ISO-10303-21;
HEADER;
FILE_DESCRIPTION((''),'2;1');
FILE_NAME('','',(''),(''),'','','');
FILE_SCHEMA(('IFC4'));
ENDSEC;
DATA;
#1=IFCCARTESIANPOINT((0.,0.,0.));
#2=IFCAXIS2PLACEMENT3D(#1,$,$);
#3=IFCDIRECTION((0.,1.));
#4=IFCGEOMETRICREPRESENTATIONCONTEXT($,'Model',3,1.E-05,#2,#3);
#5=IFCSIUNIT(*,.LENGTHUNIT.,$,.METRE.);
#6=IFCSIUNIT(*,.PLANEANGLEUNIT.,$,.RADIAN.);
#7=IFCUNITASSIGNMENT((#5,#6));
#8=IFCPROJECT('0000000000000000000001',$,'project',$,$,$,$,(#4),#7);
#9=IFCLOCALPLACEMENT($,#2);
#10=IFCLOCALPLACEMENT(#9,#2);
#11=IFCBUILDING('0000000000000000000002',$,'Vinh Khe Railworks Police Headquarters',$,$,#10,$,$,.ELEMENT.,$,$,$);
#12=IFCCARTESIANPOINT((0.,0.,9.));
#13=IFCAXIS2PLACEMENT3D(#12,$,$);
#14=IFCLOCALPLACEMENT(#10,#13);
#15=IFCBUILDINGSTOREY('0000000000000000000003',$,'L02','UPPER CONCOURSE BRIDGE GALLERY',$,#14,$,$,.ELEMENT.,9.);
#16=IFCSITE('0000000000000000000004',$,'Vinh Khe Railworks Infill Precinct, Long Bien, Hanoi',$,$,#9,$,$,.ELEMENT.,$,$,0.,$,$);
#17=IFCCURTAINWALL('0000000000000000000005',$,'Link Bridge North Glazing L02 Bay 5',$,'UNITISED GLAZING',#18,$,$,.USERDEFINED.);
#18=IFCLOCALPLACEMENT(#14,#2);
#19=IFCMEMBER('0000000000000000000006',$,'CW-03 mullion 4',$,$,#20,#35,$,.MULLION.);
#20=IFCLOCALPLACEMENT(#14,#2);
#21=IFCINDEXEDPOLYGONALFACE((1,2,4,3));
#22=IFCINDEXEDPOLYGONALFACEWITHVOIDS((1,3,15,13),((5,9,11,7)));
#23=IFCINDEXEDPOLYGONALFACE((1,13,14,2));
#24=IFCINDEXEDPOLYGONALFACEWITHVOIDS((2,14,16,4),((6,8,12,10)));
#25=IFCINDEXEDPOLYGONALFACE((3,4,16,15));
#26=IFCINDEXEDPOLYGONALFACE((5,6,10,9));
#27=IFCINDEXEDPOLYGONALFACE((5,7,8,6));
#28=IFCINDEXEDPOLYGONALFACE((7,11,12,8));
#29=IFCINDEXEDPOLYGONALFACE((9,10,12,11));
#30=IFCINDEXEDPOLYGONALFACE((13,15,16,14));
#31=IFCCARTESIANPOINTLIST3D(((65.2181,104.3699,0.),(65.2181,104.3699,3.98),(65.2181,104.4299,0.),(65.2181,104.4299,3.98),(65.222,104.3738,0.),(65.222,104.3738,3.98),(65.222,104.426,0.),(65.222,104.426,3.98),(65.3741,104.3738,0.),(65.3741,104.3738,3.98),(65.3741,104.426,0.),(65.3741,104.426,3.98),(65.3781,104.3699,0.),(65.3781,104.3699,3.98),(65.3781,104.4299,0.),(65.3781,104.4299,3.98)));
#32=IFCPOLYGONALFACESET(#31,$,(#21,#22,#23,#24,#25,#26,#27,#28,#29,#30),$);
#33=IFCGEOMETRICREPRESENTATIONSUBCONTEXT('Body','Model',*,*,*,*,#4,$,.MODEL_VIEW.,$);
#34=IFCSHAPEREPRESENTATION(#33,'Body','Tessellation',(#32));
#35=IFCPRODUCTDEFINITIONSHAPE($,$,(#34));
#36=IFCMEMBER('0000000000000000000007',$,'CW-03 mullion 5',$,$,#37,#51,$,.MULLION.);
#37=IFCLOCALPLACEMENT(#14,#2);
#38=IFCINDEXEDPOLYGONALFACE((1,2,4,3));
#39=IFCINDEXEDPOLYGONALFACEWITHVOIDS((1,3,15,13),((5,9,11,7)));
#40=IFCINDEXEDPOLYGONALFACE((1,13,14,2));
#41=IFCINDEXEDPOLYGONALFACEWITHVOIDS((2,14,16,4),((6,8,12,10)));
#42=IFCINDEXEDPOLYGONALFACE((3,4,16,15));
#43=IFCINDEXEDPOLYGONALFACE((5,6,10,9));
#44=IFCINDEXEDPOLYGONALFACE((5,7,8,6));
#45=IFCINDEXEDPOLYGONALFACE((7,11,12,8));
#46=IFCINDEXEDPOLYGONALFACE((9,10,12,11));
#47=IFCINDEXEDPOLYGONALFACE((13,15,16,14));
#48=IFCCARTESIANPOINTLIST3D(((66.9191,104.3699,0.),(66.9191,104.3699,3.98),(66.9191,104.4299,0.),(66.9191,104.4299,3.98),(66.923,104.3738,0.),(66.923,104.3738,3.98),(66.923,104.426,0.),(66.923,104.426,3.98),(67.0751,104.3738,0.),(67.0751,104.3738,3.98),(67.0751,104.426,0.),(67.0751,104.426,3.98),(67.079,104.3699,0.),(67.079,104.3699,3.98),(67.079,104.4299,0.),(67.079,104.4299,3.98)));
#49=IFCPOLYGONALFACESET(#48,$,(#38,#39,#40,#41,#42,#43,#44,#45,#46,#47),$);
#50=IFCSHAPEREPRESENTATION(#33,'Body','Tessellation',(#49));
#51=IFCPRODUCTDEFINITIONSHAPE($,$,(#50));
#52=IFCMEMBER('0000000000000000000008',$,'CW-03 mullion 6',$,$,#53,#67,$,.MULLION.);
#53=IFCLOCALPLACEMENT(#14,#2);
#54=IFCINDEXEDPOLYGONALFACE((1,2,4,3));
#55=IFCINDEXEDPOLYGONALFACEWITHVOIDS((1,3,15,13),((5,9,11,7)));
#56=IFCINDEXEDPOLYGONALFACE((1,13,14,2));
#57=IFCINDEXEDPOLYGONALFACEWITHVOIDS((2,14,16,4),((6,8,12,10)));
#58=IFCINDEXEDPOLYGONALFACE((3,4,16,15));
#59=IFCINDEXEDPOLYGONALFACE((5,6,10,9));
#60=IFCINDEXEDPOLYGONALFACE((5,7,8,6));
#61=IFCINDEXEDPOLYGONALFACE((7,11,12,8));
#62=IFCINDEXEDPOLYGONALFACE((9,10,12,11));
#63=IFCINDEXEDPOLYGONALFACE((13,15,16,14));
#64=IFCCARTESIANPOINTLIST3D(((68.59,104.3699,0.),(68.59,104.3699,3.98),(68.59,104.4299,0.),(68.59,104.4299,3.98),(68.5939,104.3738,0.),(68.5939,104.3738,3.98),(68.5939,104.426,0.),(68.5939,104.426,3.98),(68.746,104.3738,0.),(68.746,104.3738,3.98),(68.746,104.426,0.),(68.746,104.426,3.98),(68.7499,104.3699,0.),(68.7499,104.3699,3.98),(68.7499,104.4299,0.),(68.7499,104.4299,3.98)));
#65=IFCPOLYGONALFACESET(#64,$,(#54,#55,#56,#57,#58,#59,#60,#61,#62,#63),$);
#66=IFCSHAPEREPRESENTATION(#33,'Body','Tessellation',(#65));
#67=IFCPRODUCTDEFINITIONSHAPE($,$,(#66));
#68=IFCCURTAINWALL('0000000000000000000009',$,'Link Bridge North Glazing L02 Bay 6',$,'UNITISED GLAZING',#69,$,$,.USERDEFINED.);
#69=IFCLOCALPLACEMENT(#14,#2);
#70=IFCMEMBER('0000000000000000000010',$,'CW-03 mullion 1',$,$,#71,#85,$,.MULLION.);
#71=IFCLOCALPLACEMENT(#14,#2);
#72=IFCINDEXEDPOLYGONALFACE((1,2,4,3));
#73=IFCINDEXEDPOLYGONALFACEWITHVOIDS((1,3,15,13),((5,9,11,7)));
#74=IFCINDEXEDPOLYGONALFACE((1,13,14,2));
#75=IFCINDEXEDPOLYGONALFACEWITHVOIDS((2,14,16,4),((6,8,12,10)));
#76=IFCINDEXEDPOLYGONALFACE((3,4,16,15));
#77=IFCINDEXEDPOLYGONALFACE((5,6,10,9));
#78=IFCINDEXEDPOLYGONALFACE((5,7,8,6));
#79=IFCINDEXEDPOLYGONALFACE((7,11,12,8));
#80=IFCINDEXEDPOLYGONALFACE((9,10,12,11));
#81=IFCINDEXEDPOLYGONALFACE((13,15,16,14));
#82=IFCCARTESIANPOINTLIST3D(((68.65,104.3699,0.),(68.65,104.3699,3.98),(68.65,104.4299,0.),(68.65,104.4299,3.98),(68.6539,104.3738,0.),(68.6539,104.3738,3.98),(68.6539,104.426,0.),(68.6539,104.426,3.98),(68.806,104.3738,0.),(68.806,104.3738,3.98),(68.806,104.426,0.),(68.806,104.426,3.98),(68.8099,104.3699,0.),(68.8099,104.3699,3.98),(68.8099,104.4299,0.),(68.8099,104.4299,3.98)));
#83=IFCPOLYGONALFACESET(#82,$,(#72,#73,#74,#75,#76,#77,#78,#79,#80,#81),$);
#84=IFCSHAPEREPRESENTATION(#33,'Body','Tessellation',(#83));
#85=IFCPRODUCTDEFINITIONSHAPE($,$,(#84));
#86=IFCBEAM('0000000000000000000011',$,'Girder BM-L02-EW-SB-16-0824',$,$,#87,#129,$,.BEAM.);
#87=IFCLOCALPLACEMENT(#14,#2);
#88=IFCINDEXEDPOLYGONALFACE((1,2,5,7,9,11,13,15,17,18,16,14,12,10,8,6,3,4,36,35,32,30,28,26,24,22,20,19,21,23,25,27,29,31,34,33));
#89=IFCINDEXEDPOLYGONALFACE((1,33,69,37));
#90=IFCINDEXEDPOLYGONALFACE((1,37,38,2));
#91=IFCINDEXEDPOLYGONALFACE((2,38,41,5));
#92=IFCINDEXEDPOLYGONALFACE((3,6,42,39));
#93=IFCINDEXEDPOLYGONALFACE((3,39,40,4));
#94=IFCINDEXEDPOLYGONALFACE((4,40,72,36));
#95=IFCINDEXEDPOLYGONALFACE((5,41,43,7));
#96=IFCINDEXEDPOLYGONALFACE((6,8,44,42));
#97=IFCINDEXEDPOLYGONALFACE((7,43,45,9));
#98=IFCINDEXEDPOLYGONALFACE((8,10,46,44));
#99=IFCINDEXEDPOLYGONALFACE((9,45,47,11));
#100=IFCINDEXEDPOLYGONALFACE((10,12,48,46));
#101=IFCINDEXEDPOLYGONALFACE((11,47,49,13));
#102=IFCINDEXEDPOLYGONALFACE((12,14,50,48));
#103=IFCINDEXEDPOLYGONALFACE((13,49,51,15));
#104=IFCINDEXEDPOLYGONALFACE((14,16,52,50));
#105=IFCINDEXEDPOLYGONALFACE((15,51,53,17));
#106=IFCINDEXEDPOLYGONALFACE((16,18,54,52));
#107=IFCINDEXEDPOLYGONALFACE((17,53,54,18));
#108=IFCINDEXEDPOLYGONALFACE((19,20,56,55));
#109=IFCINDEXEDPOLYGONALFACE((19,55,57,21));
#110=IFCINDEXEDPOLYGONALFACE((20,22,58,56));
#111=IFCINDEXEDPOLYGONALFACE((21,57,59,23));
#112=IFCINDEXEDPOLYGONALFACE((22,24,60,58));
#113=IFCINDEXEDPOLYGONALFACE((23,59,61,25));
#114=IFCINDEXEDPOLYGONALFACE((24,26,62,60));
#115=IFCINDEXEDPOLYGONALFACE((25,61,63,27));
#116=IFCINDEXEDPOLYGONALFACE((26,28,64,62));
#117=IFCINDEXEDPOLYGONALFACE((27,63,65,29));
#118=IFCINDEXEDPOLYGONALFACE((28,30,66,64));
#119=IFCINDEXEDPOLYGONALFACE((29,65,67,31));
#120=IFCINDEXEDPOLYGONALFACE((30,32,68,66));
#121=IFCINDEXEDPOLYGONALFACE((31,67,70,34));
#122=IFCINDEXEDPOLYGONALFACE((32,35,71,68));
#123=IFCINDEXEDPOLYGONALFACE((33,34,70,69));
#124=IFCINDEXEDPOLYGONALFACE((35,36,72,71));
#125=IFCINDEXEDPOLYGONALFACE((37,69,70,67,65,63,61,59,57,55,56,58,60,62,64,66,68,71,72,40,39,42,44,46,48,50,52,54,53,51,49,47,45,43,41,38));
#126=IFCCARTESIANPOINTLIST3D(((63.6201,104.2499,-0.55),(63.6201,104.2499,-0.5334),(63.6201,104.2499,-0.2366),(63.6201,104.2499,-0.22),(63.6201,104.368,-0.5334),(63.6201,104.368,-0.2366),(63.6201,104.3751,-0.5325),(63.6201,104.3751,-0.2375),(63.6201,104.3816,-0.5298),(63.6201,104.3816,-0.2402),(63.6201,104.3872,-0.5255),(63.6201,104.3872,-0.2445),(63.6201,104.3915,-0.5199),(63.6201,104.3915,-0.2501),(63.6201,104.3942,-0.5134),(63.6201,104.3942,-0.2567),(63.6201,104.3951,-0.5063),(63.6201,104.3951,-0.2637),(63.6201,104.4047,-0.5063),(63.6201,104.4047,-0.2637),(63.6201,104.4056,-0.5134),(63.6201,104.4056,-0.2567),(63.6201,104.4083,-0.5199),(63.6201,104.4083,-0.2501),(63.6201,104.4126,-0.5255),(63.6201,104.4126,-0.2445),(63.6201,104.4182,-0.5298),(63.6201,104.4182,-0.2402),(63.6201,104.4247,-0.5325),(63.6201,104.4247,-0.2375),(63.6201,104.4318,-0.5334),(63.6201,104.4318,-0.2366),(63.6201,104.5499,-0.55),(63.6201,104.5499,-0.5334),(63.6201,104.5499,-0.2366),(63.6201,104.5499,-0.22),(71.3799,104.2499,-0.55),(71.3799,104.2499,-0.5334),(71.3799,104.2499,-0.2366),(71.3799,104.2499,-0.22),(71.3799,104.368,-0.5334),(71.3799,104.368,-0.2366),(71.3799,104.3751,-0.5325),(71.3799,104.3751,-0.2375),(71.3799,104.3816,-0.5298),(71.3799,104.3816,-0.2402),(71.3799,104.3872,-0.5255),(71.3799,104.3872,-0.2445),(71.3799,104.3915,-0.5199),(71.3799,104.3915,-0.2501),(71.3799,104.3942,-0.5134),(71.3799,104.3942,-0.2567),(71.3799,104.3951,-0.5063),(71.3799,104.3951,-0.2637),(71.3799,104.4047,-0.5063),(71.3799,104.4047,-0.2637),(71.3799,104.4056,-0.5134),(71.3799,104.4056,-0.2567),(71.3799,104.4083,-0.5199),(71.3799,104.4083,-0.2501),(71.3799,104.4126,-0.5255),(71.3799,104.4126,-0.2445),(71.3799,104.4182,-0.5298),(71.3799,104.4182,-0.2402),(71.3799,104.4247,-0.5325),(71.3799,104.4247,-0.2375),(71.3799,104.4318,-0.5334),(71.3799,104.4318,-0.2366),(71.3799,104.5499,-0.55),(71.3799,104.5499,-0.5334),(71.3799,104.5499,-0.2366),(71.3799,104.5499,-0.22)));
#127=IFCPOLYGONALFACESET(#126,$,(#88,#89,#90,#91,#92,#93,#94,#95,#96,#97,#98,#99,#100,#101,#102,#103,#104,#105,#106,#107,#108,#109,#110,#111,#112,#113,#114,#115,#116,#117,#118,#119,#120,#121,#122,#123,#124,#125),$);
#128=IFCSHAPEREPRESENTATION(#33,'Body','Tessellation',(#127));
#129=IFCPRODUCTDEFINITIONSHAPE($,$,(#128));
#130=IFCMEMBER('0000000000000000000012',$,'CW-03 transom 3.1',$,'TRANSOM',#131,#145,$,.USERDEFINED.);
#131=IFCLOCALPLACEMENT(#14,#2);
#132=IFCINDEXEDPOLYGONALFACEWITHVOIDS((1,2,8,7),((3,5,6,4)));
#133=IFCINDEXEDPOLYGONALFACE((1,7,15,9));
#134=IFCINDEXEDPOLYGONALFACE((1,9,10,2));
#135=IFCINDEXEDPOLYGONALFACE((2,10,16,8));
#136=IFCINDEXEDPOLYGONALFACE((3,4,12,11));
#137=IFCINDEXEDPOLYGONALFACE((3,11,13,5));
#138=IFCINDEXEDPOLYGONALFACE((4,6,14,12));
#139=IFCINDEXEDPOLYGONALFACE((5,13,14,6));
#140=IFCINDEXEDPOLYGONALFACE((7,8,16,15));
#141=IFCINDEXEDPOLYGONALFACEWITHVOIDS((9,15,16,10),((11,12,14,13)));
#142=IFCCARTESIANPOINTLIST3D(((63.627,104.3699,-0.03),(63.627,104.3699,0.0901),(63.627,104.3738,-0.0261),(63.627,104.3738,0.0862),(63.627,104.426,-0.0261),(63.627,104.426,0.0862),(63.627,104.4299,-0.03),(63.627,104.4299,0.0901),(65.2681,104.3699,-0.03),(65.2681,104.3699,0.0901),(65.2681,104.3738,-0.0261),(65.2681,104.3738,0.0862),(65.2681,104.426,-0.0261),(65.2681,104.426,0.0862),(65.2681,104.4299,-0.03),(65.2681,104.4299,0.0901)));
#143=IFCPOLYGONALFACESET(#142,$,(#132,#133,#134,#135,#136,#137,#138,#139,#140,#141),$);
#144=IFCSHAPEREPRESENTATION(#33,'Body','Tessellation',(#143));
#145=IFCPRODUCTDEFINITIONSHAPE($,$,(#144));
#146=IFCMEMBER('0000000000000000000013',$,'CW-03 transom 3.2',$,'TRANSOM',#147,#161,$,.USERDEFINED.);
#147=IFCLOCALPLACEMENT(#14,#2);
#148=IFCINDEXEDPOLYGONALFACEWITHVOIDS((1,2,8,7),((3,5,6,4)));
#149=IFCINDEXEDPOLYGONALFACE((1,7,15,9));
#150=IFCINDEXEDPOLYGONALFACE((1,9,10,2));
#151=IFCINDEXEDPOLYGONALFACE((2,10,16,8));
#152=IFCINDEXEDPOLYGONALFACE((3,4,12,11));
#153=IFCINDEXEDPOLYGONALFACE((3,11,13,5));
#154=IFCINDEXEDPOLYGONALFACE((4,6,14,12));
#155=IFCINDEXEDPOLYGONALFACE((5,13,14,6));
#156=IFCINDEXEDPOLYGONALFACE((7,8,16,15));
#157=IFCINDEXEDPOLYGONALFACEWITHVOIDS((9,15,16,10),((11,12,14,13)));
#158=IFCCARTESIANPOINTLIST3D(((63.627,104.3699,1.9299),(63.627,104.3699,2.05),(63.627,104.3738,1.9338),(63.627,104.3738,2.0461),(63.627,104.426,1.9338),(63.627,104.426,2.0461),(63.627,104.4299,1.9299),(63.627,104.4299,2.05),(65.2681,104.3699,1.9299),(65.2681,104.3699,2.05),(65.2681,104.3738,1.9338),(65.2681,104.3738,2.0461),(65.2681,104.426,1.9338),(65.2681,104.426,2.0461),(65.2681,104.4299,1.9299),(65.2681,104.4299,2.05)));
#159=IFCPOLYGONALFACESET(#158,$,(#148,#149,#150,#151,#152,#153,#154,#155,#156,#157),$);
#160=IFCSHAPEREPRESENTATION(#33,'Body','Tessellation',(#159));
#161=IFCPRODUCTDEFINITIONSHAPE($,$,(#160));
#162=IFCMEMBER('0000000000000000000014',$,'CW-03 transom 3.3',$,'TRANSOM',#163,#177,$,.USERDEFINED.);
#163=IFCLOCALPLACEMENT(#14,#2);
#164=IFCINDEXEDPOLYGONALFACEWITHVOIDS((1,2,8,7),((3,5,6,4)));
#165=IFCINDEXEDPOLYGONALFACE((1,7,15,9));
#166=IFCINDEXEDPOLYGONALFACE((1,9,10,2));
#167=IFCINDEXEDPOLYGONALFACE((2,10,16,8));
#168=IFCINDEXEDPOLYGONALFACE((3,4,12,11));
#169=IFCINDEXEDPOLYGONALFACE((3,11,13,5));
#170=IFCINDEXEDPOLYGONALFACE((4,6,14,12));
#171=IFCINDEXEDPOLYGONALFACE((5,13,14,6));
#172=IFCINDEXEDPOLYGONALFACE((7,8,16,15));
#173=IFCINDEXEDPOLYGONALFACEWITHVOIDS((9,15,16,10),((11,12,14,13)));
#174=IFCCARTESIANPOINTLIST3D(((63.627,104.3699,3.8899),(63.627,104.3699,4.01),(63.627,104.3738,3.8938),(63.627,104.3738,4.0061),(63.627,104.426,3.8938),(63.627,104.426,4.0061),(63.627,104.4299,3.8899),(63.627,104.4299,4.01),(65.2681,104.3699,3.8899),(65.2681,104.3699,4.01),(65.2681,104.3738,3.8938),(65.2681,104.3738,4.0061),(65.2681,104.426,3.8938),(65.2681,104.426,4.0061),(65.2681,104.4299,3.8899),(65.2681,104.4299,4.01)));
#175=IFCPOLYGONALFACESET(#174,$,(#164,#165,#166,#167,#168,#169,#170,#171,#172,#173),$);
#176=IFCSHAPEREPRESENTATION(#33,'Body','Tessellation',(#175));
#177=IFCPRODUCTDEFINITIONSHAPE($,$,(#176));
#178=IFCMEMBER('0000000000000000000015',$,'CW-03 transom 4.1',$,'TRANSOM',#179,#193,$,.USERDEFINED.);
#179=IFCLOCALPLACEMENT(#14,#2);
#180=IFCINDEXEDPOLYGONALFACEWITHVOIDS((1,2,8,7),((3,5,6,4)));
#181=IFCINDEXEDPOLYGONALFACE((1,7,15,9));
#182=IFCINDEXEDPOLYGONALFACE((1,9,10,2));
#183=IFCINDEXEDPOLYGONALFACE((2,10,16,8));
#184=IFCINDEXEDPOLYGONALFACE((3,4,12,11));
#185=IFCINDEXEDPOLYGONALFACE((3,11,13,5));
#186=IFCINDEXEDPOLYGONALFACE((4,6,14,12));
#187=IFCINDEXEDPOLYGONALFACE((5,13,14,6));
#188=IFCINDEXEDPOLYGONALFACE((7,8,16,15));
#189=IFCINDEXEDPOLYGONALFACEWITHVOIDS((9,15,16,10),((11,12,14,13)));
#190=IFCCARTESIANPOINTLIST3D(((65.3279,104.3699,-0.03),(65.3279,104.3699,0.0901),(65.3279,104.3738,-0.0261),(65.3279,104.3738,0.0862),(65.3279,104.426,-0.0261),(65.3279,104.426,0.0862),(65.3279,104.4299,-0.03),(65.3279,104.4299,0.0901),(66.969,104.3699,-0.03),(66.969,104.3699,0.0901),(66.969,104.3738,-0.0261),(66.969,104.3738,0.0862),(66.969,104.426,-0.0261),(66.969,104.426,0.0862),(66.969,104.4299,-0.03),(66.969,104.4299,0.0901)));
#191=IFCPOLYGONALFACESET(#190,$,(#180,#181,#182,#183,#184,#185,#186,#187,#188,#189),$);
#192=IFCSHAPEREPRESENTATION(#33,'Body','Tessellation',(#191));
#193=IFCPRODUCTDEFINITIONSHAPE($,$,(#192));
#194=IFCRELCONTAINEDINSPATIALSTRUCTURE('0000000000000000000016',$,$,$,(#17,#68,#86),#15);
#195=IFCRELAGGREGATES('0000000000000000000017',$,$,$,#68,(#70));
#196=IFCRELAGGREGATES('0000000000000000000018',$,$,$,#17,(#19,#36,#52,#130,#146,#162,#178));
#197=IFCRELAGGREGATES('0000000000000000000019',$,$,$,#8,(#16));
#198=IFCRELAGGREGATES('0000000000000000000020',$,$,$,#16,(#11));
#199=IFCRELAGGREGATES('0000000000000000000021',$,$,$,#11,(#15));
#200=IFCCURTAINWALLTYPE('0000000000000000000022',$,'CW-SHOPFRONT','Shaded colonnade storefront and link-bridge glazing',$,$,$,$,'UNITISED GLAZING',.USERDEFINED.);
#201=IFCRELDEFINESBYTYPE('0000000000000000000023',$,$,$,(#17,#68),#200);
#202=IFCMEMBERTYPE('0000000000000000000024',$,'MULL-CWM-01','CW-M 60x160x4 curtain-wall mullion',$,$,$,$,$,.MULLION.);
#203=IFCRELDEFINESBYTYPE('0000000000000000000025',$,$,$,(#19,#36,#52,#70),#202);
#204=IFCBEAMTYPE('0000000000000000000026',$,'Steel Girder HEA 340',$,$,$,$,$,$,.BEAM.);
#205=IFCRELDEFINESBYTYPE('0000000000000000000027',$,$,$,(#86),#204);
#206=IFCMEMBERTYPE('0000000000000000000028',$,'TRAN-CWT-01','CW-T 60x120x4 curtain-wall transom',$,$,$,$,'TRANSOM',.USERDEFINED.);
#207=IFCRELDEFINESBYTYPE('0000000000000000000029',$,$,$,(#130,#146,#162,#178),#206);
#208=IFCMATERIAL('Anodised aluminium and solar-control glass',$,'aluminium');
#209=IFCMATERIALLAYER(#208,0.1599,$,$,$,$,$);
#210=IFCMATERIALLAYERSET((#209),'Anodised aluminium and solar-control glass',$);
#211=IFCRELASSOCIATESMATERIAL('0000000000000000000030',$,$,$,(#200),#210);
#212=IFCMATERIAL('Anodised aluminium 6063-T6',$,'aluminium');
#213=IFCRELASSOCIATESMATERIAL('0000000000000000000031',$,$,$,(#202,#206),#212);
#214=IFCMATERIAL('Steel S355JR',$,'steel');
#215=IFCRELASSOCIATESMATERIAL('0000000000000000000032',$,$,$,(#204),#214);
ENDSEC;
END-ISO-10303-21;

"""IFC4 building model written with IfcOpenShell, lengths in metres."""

from ifc_helpers import new_model, si_unit, direction, frame, origin, origin_2d, place, context, subcontext, project, spatial, hollow_rectangle, i_section, extrude, material, layer, layer_set, material_profile, profile_set, type_object, element, aggregate, save


model = new_model("IFC4")

# Units and contexts
model_context = context("Model", 3, precision=1e-05, world=origin(), true_north=direction((0.0, 1.0)))
body_context = subcontext(model_context, "Body", "Model", "MODEL_VIEW")
ifc_project = project(units=[si_unit("LENGTHUNIT", "METRE"), si_unit("PLANEANGLEUNIT", "RADIAN")], contexts=[model_context])

# Site, building, storey
site_placement = place(None, origin())
site = spatial("IfcSite", under=ifc_project, at=site_placement, Name="Vinh Khe Railworks Infill Precinct, Long Bien, Hanoi", CompositionType="ELEMENT", RefElevation=0.0)
building_placement = place(site_placement, origin())
building = spatial("IfcBuilding", under=site, at=building_placement, Name="Vinh Khe Railworks Police Headquarters", CompositionType="ELEMENT")
storey_placement = place(building_placement, frame((0.0, 0.0, 9.0)))
storey = spatial("IfcBuildingStorey", under=building, at=storey_placement, Name="L02", Description="UPPER CONCOURSE BRIDGE GALLERY", CompositionType="ELEMENT", Elevation=9.0)

# Curtain wall, members
ifc_material_1 = material(Name="Anodised aluminium and solar-control glass", Category="aluminium")
ifc_layer_1 = layer(ifc_material_1, 0.1599)
ifc_layer_set_1 = layer_set([ifc_layer_1], Name="Anodised aluminium and solar-control glass")
curtain_wall_type = type_object("IfcCurtainWallType", Name="CW-SHOPFRONT", Description="Shaded colonnade storefront and link-bridge glazing", ElementType="UNITISED GLAZING", PredefinedType="USERDEFINED", material=ifc_layer_set_1)
curtain_wall_1_placement = place(storey_placement, origin())
curtain_wall_1 = element("IfcCurtainWall", 1, at=curtain_wall_1_placement, inside=storey, type_object=curtain_wall_type, Name="Link Bridge North Glazing L02 Bay 5", ObjectType="UNITISED GLAZING", PredefinedType="USERDEFINED")
ifc_material_2 = material(Name="Anodised aluminium 6063-T6", Category="aluminium")
ifc_material_profile_1 = material_profile(ifc_material_2, hollow_rectangle(XDim=0.0601, YDim=0.1599, WallThickness=0.0039, at=origin_2d()), Name="CW-M 60x160x4")
ifc_profile_set_1 = profile_set([ifc_material_profile_1], Name="Anodised aluminium 6063-T6")
member_type_1 = type_object("IfcMemberType", Name="MULL-CWM-01", Description="CW-M 60x160x4 curtain-wall mullion", PredefinedType="MULLION", material=ifc_profile_set_1)
member_1_placement = place(storey_placement, frame((65.2981, 104.3999, 0.0), z_axis=(0.0, 0.0, 1.0), x_axis=(0.0, 1.0, 0.0)))
member_1 = element("IfcMember", 2, at=member_1_placement, type_object=member_type_1, Name="CW-03 mullion 4", PredefinedType="MULLION", context=body_context, shape_type="SweptSolid", body=[
    extrude(hollow_rectangle(XDim=0.0601, YDim=0.1599, WallThickness=0.0039, at=origin_2d()), origin(), (0.0, 0.0, 1.0), 3.98),
])
member_2_placement = place(storey_placement, frame((66.999, 104.3999, 0.0), z_axis=(0.0, 0.0, 1.0), x_axis=(0.0, 1.0, 0.0)))
member_2 = element("IfcMember", 3, at=member_2_placement, type_object=member_type_1, Name="CW-03 mullion 5", PredefinedType="MULLION", context=body_context, shape_type="SweptSolid", body=[
    extrude(hollow_rectangle(XDim=0.0601, YDim=0.1599, WallThickness=0.0039, at=origin_2d()), origin(), (0.0, 0.0, 1.0), 3.98),
])
member_3_placement = place(storey_placement, frame((68.6699, 104.3999, 0.0), z_axis=(0.0, 0.0, 1.0), x_axis=(0.0, 1.0, 0.0)))
member_3 = element("IfcMember", 4, at=member_3_placement, type_object=member_type_1, Name="CW-03 mullion 6", PredefinedType="MULLION", context=body_context, shape_type="SweptSolid", body=[
    extrude(hollow_rectangle(XDim=0.0601, YDim=0.1599, WallThickness=0.0039, at=origin_2d()), origin(), (0.0, 0.0, 1.0), 3.98),
])

# Curtain wall, member
curtain_wall_2_placement = place(storey_placement, origin())
curtain_wall_2 = element("IfcCurtainWall", 5, at=curtain_wall_2_placement, inside=storey, type_object=curtain_wall_type, Name="Link Bridge North Glazing L02 Bay 6", ObjectType="UNITISED GLAZING", PredefinedType="USERDEFINED")
member_4_placement = place(storey_placement, frame((68.73, 104.3999, 0.0), z_axis=(0.0, 0.0, 1.0), x_axis=(0.0, 1.0, 0.0)))
member_4 = element("IfcMember", 6, at=member_4_placement, type_object=member_type_1, Name="CW-03 mullion 1", PredefinedType="MULLION", context=body_context, shape_type="SweptSolid", body=[
    extrude(hollow_rectangle(XDim=0.0601, YDim=0.1599, WallThickness=0.0039, at=origin_2d()), origin(), (0.0, 0.0, 1.0), 3.98),
])

# Beam
ifc_material_3 = material(Name="Steel S355JR", Category="steel")
ifc_material_profile_2 = material_profile(ifc_material_3, i_section(OverallWidth=0.3, OverallDepth=0.3301, WebThickness=0.0095, FlangeThickness=0.0166, FilletRadius=0.0271, at=origin_2d()), Name="HEA 340")
ifc_profile_set_2 = profile_set([ifc_material_profile_2], Name="Steel S355JR")
beam_type = type_object("IfcBeamType", Name="Steel Girder HEA 340", PredefinedType="BEAM", material=ifc_profile_set_2)
beam_placement = place(storey_placement, frame((63.6201, 104.3999, -0.385), z_axis=(1.0, 0.0, 0.0), x_axis=(0.0, 1.0, 0.0)))
element("IfcBeam", 7, at=beam_placement, inside=storey, type_object=beam_type, Name="Girder BM-L02-EW-SB-16-0824", PredefinedType="BEAM", context=body_context, shape_type="SweptSolid", body=[
    extrude(i_section(OverallWidth=0.3, OverallDepth=0.3301, WebThickness=0.0095, FlangeThickness=0.0166, FilletRadius=0.0271, at=origin_2d()), origin(), (0.0, 0.0, 1.0), 7.7598),
])

# Members
ifc_material_profile_3 = material_profile(ifc_material_2, hollow_rectangle(XDim=0.0601, YDim=0.1201, WallThickness=0.0039, at=origin_2d()), Name="CW-T 60x120x4")
ifc_profile_set_3 = profile_set([ifc_material_profile_3], Name="Anodised aluminium 6063-T6")
member_type_2 = type_object("IfcMemberType", Name="TRAN-CWT-01", Description="CW-T 60x120x4 curtain-wall transom", ElementType="TRANSOM", PredefinedType="USERDEFINED", material=ifc_profile_set_3)
member_5_placement = place(storey_placement, frame((63.627, 104.3999, 0.03), z_axis=(1.0, 0.0, 0.0), x_axis=(0.0, 1.0, 0.0)))
member_5 = element("IfcMember", 8, at=member_5_placement, type_object=member_type_2, Name="CW-03 transom 3.1", ObjectType="TRANSOM", PredefinedType="USERDEFINED", context=body_context, shape_type="SweptSolid", body=[
    extrude(hollow_rectangle(XDim=0.0601, YDim=0.1201, WallThickness=0.0039, at=origin_2d()), origin(), (0.0, 0.0, 1.0), 1.6411),
])
member_6_placement = place(storey_placement, frame((63.627, 104.3999, 1.99), z_axis=(1.0, 0.0, 0.0), x_axis=(0.0, 1.0, 0.0)))
member_6 = element("IfcMember", 9, at=member_6_placement, type_object=member_type_2, Name="CW-03 transom 3.2", ObjectType="TRANSOM", PredefinedType="USERDEFINED", context=body_context, shape_type="SweptSolid", body=[
    extrude(hollow_rectangle(XDim=0.0601, YDim=0.1201, WallThickness=0.0039, at=origin_2d()), origin(), (0.0, 0.0, 1.0), 1.6411),
])
member_7_placement = place(storey_placement, frame((63.627, 104.3999, 3.95), z_axis=(1.0, 0.0, 0.0), x_axis=(0.0, 1.0, 0.0)))
member_7 = element("IfcMember", 10, at=member_7_placement, type_object=member_type_2, Name="CW-03 transom 3.3", ObjectType="TRANSOM", PredefinedType="USERDEFINED", context=body_context, shape_type="SweptSolid", body=[
    extrude(hollow_rectangle(XDim=0.0601, YDim=0.1201, WallThickness=0.0039, at=origin_2d()), origin(), (0.0, 0.0, 1.0), 1.6411),
])
member_8_placement = place(storey_placement, frame((65.3279, 104.3999, 0.03), z_axis=(1.0, 0.0, 0.0), x_axis=(0.0, 1.0, 0.0)))
member_8 = element("IfcMember", 11, at=member_8_placement, type_object=member_type_2, Name="CW-03 transom 4.1", ObjectType="TRANSOM", PredefinedType="USERDEFINED", context=body_context, shape_type="SweptSolid", body=[
    extrude(hollow_rectangle(XDim=0.0601, YDim=0.1201, WallThickness=0.0039, at=origin_2d()), origin(), (0.0, 0.0, 1.0), 1.6411),
])
aggregate(curtain_wall_2, [member_4])

aggregate(curtain_wall_1, [member_1, member_2, member_3, member_5, member_6, member_7, member_8])

save(model, "model.ifc")
